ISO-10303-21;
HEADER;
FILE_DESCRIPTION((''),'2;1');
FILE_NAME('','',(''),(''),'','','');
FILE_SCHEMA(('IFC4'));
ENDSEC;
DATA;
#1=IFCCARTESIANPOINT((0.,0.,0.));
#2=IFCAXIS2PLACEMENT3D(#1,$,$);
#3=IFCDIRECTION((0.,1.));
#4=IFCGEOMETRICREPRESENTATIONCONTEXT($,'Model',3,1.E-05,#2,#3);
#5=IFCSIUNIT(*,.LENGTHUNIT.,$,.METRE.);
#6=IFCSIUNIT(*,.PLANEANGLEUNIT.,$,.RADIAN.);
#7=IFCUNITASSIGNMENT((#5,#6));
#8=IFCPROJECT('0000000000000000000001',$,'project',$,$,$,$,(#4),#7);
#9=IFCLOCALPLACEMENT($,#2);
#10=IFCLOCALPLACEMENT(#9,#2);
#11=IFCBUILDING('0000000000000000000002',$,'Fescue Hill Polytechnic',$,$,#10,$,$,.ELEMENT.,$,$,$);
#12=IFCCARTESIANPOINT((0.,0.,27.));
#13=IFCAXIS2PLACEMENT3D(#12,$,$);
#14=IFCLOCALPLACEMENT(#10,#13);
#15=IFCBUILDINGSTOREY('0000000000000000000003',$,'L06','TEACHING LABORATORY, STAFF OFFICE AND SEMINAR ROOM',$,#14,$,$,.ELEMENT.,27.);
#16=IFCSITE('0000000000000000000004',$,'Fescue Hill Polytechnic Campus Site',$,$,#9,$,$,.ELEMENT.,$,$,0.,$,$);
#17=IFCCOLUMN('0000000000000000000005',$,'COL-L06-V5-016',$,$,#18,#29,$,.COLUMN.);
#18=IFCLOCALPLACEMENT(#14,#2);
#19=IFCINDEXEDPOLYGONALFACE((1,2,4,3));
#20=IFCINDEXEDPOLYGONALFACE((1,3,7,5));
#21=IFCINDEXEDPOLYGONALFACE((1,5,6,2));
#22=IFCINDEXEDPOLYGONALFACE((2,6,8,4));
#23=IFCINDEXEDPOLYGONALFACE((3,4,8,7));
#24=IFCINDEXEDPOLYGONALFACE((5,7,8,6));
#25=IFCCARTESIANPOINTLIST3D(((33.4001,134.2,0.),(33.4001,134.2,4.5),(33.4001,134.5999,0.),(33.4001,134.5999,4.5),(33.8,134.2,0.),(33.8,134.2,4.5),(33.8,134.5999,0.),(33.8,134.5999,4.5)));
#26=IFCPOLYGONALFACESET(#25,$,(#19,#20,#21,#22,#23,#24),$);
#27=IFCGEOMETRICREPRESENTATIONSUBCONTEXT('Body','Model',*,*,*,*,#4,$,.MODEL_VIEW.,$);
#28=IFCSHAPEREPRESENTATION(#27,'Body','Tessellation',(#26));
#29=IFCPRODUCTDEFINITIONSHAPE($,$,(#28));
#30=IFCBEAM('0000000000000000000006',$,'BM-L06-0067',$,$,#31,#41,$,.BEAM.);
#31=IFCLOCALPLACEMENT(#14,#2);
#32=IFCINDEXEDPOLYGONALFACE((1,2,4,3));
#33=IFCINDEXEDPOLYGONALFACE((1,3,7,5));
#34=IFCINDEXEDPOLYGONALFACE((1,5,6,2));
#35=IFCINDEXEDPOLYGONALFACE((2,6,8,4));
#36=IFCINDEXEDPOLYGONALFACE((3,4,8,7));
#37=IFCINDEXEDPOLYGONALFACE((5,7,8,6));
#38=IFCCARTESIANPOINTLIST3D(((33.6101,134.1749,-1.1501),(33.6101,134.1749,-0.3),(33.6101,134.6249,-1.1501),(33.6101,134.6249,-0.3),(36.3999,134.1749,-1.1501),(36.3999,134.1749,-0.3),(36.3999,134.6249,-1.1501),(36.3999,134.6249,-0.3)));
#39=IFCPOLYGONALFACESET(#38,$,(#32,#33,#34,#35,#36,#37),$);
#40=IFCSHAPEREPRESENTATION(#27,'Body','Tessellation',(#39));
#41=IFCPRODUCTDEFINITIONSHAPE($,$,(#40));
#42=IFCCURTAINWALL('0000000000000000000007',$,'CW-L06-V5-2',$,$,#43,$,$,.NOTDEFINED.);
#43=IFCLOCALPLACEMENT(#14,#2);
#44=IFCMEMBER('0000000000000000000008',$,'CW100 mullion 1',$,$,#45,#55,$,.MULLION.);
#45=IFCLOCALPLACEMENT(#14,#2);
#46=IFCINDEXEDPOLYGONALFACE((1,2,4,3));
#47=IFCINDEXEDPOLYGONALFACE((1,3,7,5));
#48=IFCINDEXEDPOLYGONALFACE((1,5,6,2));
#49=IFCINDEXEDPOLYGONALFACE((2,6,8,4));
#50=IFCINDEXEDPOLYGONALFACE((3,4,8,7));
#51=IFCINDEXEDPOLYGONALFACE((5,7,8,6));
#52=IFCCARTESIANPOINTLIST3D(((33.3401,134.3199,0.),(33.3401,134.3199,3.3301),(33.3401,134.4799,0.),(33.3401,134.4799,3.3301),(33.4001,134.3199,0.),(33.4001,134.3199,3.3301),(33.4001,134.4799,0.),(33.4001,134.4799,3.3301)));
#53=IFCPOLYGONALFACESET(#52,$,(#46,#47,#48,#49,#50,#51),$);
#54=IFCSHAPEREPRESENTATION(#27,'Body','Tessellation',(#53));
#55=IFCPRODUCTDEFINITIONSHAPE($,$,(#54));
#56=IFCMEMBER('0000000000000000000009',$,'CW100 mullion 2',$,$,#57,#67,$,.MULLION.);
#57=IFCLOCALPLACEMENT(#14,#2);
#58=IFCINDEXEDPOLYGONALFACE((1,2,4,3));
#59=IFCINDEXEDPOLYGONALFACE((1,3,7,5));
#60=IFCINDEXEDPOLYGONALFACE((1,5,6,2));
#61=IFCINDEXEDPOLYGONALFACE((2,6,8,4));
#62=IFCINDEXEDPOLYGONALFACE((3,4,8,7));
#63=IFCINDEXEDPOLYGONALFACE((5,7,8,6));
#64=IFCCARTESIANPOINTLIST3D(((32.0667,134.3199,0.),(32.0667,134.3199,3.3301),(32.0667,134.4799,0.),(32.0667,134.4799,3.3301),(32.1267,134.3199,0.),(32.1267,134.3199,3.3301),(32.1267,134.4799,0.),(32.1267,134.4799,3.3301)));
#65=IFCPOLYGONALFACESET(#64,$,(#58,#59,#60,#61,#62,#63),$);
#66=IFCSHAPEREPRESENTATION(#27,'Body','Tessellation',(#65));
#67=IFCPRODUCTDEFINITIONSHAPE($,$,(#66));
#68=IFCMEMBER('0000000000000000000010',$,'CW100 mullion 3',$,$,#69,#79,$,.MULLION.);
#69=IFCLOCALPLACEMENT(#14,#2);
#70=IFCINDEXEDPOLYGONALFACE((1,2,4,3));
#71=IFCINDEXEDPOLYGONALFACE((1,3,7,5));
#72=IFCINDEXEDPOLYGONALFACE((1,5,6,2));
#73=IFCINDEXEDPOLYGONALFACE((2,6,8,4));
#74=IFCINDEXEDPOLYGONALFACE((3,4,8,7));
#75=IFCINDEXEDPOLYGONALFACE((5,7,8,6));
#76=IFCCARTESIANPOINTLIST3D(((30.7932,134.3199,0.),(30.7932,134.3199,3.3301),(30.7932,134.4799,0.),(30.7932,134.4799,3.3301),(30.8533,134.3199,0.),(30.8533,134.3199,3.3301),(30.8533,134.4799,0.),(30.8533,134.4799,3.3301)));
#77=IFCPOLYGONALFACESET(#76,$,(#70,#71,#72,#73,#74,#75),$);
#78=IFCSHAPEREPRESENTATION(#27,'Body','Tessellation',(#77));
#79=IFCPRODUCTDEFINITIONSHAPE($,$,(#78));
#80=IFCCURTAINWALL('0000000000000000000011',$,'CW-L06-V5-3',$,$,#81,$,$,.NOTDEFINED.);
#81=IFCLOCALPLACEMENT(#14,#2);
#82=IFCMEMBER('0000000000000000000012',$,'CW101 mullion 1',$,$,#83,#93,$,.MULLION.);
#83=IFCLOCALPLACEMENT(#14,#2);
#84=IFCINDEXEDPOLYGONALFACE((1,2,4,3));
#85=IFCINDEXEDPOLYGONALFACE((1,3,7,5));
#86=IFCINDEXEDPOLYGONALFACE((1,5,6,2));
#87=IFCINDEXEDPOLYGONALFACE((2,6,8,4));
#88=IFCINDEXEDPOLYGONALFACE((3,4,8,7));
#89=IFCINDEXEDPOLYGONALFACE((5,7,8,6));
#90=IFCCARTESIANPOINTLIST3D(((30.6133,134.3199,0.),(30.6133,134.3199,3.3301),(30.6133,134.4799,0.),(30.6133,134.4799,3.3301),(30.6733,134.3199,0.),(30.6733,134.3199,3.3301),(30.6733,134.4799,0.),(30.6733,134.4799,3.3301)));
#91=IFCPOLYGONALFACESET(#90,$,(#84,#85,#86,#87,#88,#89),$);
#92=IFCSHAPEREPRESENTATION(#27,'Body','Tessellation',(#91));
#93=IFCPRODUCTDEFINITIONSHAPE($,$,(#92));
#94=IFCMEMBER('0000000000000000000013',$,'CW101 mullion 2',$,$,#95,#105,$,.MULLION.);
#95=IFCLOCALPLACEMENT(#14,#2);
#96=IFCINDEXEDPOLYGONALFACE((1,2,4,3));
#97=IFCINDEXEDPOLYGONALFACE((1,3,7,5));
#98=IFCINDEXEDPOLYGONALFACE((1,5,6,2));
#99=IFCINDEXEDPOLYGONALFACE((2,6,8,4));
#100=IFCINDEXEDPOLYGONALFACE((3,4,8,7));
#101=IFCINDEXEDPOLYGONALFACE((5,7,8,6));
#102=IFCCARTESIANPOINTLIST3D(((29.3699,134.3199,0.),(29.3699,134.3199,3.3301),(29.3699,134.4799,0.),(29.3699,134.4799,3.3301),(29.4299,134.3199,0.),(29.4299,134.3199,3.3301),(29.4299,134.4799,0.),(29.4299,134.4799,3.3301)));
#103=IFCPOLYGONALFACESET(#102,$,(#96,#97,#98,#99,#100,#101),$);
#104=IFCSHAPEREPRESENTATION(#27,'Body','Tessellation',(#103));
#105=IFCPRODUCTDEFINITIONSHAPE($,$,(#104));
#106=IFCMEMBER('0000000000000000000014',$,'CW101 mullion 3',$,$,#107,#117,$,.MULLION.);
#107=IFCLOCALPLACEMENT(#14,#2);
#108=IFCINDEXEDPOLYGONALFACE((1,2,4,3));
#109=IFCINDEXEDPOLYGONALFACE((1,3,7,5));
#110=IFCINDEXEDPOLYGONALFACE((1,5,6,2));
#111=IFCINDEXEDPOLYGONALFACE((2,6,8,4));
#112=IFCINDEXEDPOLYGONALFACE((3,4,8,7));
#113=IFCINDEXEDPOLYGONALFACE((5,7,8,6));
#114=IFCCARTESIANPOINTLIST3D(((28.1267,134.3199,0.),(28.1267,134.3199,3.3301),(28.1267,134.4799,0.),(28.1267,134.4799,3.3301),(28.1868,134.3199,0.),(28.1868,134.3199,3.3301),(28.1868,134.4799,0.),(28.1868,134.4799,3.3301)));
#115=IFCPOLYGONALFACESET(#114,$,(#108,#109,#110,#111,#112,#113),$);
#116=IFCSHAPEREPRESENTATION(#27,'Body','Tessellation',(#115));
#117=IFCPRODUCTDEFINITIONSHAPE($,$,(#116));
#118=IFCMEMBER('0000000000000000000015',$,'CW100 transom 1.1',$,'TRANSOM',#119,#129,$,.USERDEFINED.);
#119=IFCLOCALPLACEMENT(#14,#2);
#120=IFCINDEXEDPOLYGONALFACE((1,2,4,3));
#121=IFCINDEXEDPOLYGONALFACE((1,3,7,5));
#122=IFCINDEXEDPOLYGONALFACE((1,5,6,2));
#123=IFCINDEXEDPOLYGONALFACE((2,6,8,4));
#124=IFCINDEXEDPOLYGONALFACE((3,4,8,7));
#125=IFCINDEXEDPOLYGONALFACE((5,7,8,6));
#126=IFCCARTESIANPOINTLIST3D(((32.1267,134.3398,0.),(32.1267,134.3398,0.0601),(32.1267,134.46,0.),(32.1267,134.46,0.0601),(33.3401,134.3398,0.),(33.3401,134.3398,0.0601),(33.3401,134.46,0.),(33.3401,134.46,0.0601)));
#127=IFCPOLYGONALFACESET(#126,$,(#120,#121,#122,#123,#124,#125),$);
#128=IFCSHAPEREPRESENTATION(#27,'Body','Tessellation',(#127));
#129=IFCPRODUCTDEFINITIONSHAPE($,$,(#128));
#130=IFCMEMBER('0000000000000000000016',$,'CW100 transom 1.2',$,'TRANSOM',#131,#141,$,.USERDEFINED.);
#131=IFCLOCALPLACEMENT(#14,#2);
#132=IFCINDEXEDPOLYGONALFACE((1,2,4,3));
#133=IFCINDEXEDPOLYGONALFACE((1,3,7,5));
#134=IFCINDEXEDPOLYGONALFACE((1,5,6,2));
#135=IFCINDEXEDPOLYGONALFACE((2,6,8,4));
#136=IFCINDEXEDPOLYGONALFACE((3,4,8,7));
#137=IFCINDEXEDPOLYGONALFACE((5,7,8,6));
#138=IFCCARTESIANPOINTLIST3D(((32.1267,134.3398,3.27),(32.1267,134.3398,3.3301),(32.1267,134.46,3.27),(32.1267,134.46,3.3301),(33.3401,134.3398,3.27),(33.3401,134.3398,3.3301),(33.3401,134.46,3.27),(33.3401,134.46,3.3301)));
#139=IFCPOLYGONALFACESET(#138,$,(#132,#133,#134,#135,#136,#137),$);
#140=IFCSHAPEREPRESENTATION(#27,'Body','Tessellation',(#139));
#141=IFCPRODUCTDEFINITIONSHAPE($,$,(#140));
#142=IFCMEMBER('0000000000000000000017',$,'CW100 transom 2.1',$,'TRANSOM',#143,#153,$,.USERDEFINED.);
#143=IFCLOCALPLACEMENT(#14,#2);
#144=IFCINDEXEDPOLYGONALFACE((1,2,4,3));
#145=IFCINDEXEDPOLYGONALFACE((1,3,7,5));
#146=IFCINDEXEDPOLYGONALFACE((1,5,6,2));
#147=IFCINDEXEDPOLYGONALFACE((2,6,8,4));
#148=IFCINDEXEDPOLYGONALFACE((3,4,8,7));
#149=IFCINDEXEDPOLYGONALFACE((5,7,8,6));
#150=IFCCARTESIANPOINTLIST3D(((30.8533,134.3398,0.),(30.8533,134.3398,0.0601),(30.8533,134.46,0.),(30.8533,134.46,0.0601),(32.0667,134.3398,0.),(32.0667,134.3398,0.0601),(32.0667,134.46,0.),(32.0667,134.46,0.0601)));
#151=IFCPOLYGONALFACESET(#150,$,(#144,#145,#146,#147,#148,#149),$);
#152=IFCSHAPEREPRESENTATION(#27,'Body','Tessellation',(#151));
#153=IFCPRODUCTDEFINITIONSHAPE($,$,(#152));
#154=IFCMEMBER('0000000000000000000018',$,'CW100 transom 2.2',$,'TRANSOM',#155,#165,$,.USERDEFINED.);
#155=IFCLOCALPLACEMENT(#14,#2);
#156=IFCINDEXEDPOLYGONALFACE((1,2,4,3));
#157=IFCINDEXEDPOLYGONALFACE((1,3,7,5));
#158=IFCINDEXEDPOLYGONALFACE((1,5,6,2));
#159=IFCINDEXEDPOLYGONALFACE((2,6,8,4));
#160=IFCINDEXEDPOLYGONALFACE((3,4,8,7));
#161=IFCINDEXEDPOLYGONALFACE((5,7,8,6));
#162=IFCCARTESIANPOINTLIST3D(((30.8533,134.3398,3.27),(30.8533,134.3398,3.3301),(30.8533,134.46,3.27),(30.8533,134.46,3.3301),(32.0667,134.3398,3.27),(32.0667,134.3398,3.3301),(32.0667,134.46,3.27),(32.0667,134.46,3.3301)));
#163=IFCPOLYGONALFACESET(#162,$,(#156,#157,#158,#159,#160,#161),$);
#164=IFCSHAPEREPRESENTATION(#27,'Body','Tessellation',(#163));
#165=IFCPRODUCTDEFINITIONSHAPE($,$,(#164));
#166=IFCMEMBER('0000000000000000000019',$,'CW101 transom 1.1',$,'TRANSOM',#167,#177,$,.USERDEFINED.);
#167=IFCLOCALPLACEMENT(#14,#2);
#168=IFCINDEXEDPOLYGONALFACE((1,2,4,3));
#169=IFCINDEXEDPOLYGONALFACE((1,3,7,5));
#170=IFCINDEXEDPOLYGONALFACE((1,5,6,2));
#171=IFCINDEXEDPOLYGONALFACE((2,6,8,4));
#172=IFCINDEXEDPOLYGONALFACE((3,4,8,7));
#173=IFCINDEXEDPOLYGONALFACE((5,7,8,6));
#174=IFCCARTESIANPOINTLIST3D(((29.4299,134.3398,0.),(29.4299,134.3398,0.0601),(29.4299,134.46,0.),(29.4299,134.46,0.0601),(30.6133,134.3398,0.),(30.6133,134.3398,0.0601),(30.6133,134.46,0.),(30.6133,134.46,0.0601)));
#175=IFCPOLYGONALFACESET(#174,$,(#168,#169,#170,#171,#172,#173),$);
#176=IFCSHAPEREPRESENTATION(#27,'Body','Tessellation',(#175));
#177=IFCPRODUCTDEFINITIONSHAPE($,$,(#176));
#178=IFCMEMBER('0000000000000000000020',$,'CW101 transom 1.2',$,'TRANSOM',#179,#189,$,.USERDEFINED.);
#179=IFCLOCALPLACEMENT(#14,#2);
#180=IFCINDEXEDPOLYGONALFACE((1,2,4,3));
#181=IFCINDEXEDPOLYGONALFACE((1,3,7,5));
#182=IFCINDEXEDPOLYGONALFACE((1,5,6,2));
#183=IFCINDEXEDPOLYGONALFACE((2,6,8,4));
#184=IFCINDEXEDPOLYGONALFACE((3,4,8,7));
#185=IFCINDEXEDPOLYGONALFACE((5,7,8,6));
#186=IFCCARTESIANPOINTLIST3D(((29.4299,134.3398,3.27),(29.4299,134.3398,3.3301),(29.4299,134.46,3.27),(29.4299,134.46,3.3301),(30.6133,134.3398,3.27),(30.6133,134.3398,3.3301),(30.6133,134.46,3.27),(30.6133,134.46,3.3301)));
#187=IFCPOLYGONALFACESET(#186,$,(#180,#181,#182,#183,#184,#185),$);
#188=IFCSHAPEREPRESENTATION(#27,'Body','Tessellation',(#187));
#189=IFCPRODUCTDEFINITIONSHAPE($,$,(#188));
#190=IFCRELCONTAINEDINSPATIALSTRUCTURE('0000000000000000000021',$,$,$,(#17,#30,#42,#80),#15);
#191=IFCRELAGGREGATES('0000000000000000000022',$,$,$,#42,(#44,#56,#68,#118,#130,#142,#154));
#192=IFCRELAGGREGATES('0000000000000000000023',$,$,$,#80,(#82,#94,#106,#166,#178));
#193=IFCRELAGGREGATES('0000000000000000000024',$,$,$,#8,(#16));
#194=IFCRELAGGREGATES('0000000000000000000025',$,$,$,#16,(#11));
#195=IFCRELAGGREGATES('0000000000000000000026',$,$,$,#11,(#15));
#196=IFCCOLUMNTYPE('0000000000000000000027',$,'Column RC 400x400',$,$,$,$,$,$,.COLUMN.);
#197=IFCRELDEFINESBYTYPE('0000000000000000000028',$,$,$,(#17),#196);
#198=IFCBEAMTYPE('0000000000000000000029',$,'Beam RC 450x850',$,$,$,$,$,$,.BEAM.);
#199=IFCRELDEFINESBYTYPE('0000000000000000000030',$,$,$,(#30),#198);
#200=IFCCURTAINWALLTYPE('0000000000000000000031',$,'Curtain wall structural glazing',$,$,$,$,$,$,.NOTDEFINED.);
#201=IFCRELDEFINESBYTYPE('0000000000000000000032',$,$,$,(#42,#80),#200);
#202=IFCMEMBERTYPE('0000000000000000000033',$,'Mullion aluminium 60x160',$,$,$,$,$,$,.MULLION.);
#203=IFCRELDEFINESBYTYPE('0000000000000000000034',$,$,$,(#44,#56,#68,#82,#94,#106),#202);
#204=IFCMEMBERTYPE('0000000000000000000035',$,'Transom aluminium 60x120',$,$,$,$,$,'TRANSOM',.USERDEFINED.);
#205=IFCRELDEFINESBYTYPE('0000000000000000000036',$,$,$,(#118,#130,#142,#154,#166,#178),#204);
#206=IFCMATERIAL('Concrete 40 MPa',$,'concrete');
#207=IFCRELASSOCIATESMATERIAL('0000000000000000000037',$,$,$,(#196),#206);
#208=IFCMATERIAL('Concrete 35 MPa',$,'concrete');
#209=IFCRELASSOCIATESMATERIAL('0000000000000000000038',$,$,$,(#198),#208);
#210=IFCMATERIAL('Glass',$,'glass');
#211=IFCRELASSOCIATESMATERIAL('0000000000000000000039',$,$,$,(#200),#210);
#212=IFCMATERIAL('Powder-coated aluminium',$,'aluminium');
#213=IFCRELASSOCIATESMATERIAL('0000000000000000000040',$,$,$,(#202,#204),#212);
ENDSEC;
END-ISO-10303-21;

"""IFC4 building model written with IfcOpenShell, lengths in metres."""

from ifc_helpers import new_model, si_unit, direction, frame, origin, origin_2d, place, context, subcontext, project, spatial, rectangle, extrude, material, material_profile, profile_set, type_object, element, aggregate, save


model = new_model("IFC4")

# Units and contexts
model_context = context("Model", 3, precision=1e-05, world=origin(), true_north=direction((0.0, 1.0)))
body_context = subcontext(model_context, "Body", "Model", "MODEL_VIEW")
ifc_project = project(units=[si_unit("LENGTHUNIT", "METRE"), si_unit("PLANEANGLEUNIT", "RADIAN")], contexts=[model_context])

# Site, building, storey
site_placement = place(None, origin())
site = spatial("IfcSite", under=ifc_project, at=site_placement, Name="Fescue Hill Polytechnic Campus Site", CompositionType="ELEMENT", RefElevation=0.0)
building_placement = place(site_placement, origin())
building = spatial("IfcBuilding", under=site, at=building_placement, Name="Fescue Hill Polytechnic", CompositionType="ELEMENT")
storey_placement = place(building_placement, frame((0.0, 0.0, 27.0)))
storey = spatial("IfcBuildingStorey", under=building, at=storey_placement, Name="L06", Description="TEACHING LABORATORY, STAFF OFFICE AND SEMINAR ROOM", CompositionType="ELEMENT", Elevation=27.0)

# Column
ifc_material_1 = material(Name="Concrete 40 MPa", Category="concrete")
ifc_material_profile_1 = material_profile(ifc_material_1, rectangle(XDim=0.3999, YDim=0.3999, at=origin_2d()), Name="RC 400x400")
ifc_profile_set_1 = profile_set([ifc_material_profile_1], Name="Concrete 40 MPa")
column_type = type_object("IfcColumnType", Name="Column RC 400x400", PredefinedType="COLUMN", material=ifc_profile_set_1)
column_placement = place(storey_placement, frame((33.6001, 134.3999, 0.0), z_axis=(0.0, 0.0, 1.0), x_axis=(1.0, 0.0, 0.0)))
element("IfcColumn", 1, at=column_placement, inside=storey, type_object=column_type, Name="COL-L06-V5-016", PredefinedType="COLUMN", context=body_context, shape_type="SweptSolid", body=[
    extrude(rectangle(XDim=0.3999, YDim=0.3999, at=origin_2d()), origin(), (0.0, 0.0, 1.0), 4.5),
])

# Beam
ifc_material_2 = material(Name="Concrete 35 MPa", Category="concrete")
ifc_material_profile_2 = material_profile(ifc_material_2, rectangle(XDim=0.45, YDim=0.8501, at=origin_2d()), Name="RC 450x850")
ifc_profile_set_2 = profile_set([ifc_material_profile_2], Name="Concrete 35 MPa")
beam_type = type_object("IfcBeamType", Name="Beam RC 450x850", PredefinedType="BEAM", material=ifc_profile_set_2)
beam_placement = place(storey_placement, frame((33.6101, 134.3999, -0.7251), z_axis=(1.0, 0.0, 0.0), x_axis=(0.0, 1.0, 0.0)))
element("IfcBeam", 2, at=beam_placement, inside=storey, type_object=beam_type, Name="BM-L06-0067", PredefinedType="BEAM", context=body_context, shape_type="SweptSolid", body=[
    extrude(rectangle(XDim=0.45, YDim=0.8501, at=origin_2d()), origin(), (0.0, 0.0, 1.0), 2.7898),
])

# Curtain walls, members
ifc_material_3 = material(Name="Glass", Category="glass")
curtain_wall_type = type_object("IfcCurtainWallType", Name="Curtain wall structural glazing", PredefinedType="NOTDEFINED", material=ifc_material_3)
curtain_wall_1_placement = place(storey_placement, origin())
curtain_wall_1 = element("IfcCurtainWall", 3, at=curtain_wall_1_placement, inside=storey, type_object=curtain_wall_type, Name="CW-L06-V5-2", PredefinedType="NOTDEFINED")
ifc_material_4 = material(Name="Powder-coated aluminium", Category="aluminium")
ifc_material_profile_3 = material_profile(ifc_material_4, rectangle(XDim=0.1599, YDim=0.0601, at=origin_2d()), Name="Mullion aluminium 60x160")
ifc_profile_set_3 = profile_set([ifc_material_profile_3], Name="Powder-coated aluminium")
member_type_1 = type_object("IfcMemberType", Name="Mullion aluminium 60x160", PredefinedType="MULLION", material=ifc_profile_set_3)
member_1_placement = place(storey_placement, frame((33.3701, 134.3999, 0.0), z_axis=(0.0, 0.0, 1.0), x_axis=(0.0, -1.0, 0.0)))
member_1 = element("IfcMember", 4, at=member_1_placement, type_object=member_type_1, Name="CW100 mullion 1", PredefinedType="MULLION", context=body_context, shape_type="SweptSolid", body=[
    extrude(rectangle(XDim=0.1599, YDim=0.0601, at=origin_2d()), origin(), (0.0, 0.0, 1.0), 3.3301),
])
member_2_placement = place(storey_placement, frame((32.0967, 134.3999, 0.0), z_axis=(0.0, 0.0, 1.0), x_axis=(0.0, -1.0, 0.0)))
member_2 = element("IfcMember", 5, at=member_2_placement, type_object=member_type_1, Name="CW100 mullion 2", PredefinedType="MULLION", context=body_context, shape_type="SweptSolid", body=[
    extrude(rectangle(XDim=0.1599, YDim=0.0601, at=origin_2d()), origin(), (0.0, 0.0, 1.0), 3.3301),
])
member_3_placement = place(storey_placement, frame((30.8232, 134.3999, 0.0), z_axis=(0.0, 0.0, 1.0), x_axis=(0.0, -1.0, 0.0)))
member_3 = element("IfcMember", 6, at=member_3_placement, type_object=member_type_1, Name="CW100 mullion 3", PredefinedType="MULLION", context=body_context, shape_type="SweptSolid", body=[
    extrude(rectangle(XDim=0.1599, YDim=0.0601, at=origin_2d()), origin(), (0.0, 0.0, 1.0), 3.3301),
])
curtain_wall_2_placement = place(storey_placement, origin())
curtain_wall_2 = element("IfcCurtainWall", 7, at=curtain_wall_2_placement, inside=storey, type_object=curtain_wall_type, Name="CW-L06-V5-3", PredefinedType="NOTDEFINED")
member_4_placement = place(storey_placement, frame((30.6433, 134.3999, 0.0), z_axis=(0.0, 0.0, 1.0), x_axis=(0.0, -1.0, 0.0)))
member_4 = element("IfcMember", 8, at=member_4_placement, type_object=member_type_1, Name="CW101 mullion 1", PredefinedType="MULLION", context=body_context, shape_type="SweptSolid", body=[
    extrude(rectangle(XDim=0.1599, YDim=0.0601, at=origin_2d()), origin(), (0.0, 0.0, 1.0), 3.3301),
])
member_5_placement = place(storey_placement, frame((29.3999, 134.3999, 0.0), z_axis=(0.0, 0.0, 1.0), x_axis=(0.0, -1.0, 0.0)))
member_5 = element("IfcMember", 9, at=member_5_placement, type_object=member_type_1, Name="CW101 mullion 2", PredefinedType="MULLION", context=body_context, shape_type="SweptSolid", body=[
    extrude(rectangle(XDim=0.1599, YDim=0.0601, at=origin_2d()), origin(), (0.0, 0.0, 1.0), 3.3301),
])
member_6_placement = place(storey_placement, frame((28.1567, 134.3999, 0.0), z_axis=(0.0, 0.0, 1.0), x_axis=(0.0, -1.0, 0.0)))
member_6 = element("IfcMember", 10, at=member_6_placement, type_object=member_type_1, Name="CW101 mullion 3", PredefinedType="MULLION", context=body_context, shape_type="SweptSolid", body=[
    extrude(rectangle(XDim=0.1599, YDim=0.0601, at=origin_2d()), origin(), (0.0, 0.0, 1.0), 3.3301),
])

# Members
ifc_material_profile_4 = material_profile(ifc_material_4, rectangle(XDim=0.1201, YDim=0.0601, at=origin_2d()), Name="Transom aluminium 60x120")
ifc_profile_set_4 = profile_set([ifc_material_profile_4], Name="Powder-coated aluminium")
member_type_2 = type_object("IfcMemberType", Name="Transom aluminium 60x120", ElementType="TRANSOM", PredefinedType="USERDEFINED", material=ifc_profile_set_4)
member_7_placement = place(storey_placement, frame((33.3401, 134.3999, 0.03), z_axis=(-1.0, 0.0, 0.0), x_axis=(0.0, -1.0, 0.0)))
member_7 = element("IfcMember", 11, at=member_7_placement, type_object=member_type_2, Name="CW100 transom 1.1", ObjectType="TRANSOM", PredefinedType="USERDEFINED", context=body_context, shape_type="SweptSolid", body=[
    extrude(rectangle(XDim=0.1201, YDim=0.0601, at=origin_2d()), origin(), (0.0, 0.0, 1.0), 1.2134),
])
member_8_placement = place(storey_placement, frame((33.3401, 134.3999, 3.3), z_axis=(-1.0, 0.0, 0.0), x_axis=(0.0, -1.0, 0.0)))
member_8 = element("IfcMember", 12, at=member_8_placement, type_object=member_type_2, Name="CW100 transom 1.2", ObjectType="TRANSOM", PredefinedType="USERDEFINED", context=body_context, shape_type="SweptSolid", body=[
    extrude(rectangle(XDim=0.1201, YDim=0.0601, at=origin_2d()), origin(), (0.0, 0.0, 1.0), 1.2134),
])
member_9_placement = place(storey_placement, frame((32.0667, 134.3999, 0.03), z_axis=(-1.0, 0.0, 0.0), x_axis=(0.0, -1.0, 0.0)))
member_9 = element("IfcMember", 13, at=member_9_placement, type_object=member_type_2, Name="CW100 transom 2.1", ObjectType="TRANSOM", PredefinedType="USERDEFINED", context=body_context, shape_type="SweptSolid", body=[
    extrude(rectangle(XDim=0.1201, YDim=0.0601, at=origin_2d()), origin(), (0.0, 0.0, 1.0), 1.2134),
])
member_10_placement = place(storey_placement, frame((32.0667, 134.3999, 3.3), z_axis=(-1.0, 0.0, 0.0), x_axis=(0.0, -1.0, 0.0)))
member_10 = element("IfcMember", 14, at=member_10_placement, type_object=member_type_2, Name="CW100 transom 2.2", ObjectType="TRANSOM", PredefinedType="USERDEFINED", context=body_context, shape_type="SweptSolid", body=[
    extrude(rectangle(XDim=0.1201, YDim=0.0601, at=origin_2d()), origin(), (0.0, 0.0, 1.0), 1.2134),
])
member_11_placement = place(storey_placement, frame((30.6133, 134.3999, 0.03), z_axis=(-1.0, 0.0, 0.0), x_axis=(0.0, -1.0, 0.0)))
member_11 = element("IfcMember", 15, at=member_11_placement, type_object=member_type_2, Name="CW101 transom 1.1", ObjectType="TRANSOM", PredefinedType="USERDEFINED", context=body_context, shape_type="SweptSolid", body=[
    extrude(rectangle(XDim=0.1201, YDim=0.0601, at=origin_2d()), origin(), (0.0, 0.0, 1.0), 1.1833),
])
member_12_placement = place(storey_placement, frame((30.6133, 134.3999, 3.3), z_axis=(-1.0, 0.0, 0.0), x_axis=(0.0, -1.0, 0.0)))
member_12 = element("IfcMember", 16, at=member_12_placement, type_object=member_type_2, Name="CW101 transom 1.2", ObjectType="TRANSOM", PredefinedType="USERDEFINED", context=body_context, shape_type="SweptSolid", body=[
    extrude(rectangle(XDim=0.1201, YDim=0.0601, at=origin_2d()), origin(), (0.0, 0.0, 1.0), 1.1833),
])

aggregate(curtain_wall_1, [member_1, member_2, member_3, member_7, member_8, member_9, member_10])
aggregate(curtain_wall_2, [member_4, member_5, member_6, member_11, member_12])

save(model, "model.ifc")
